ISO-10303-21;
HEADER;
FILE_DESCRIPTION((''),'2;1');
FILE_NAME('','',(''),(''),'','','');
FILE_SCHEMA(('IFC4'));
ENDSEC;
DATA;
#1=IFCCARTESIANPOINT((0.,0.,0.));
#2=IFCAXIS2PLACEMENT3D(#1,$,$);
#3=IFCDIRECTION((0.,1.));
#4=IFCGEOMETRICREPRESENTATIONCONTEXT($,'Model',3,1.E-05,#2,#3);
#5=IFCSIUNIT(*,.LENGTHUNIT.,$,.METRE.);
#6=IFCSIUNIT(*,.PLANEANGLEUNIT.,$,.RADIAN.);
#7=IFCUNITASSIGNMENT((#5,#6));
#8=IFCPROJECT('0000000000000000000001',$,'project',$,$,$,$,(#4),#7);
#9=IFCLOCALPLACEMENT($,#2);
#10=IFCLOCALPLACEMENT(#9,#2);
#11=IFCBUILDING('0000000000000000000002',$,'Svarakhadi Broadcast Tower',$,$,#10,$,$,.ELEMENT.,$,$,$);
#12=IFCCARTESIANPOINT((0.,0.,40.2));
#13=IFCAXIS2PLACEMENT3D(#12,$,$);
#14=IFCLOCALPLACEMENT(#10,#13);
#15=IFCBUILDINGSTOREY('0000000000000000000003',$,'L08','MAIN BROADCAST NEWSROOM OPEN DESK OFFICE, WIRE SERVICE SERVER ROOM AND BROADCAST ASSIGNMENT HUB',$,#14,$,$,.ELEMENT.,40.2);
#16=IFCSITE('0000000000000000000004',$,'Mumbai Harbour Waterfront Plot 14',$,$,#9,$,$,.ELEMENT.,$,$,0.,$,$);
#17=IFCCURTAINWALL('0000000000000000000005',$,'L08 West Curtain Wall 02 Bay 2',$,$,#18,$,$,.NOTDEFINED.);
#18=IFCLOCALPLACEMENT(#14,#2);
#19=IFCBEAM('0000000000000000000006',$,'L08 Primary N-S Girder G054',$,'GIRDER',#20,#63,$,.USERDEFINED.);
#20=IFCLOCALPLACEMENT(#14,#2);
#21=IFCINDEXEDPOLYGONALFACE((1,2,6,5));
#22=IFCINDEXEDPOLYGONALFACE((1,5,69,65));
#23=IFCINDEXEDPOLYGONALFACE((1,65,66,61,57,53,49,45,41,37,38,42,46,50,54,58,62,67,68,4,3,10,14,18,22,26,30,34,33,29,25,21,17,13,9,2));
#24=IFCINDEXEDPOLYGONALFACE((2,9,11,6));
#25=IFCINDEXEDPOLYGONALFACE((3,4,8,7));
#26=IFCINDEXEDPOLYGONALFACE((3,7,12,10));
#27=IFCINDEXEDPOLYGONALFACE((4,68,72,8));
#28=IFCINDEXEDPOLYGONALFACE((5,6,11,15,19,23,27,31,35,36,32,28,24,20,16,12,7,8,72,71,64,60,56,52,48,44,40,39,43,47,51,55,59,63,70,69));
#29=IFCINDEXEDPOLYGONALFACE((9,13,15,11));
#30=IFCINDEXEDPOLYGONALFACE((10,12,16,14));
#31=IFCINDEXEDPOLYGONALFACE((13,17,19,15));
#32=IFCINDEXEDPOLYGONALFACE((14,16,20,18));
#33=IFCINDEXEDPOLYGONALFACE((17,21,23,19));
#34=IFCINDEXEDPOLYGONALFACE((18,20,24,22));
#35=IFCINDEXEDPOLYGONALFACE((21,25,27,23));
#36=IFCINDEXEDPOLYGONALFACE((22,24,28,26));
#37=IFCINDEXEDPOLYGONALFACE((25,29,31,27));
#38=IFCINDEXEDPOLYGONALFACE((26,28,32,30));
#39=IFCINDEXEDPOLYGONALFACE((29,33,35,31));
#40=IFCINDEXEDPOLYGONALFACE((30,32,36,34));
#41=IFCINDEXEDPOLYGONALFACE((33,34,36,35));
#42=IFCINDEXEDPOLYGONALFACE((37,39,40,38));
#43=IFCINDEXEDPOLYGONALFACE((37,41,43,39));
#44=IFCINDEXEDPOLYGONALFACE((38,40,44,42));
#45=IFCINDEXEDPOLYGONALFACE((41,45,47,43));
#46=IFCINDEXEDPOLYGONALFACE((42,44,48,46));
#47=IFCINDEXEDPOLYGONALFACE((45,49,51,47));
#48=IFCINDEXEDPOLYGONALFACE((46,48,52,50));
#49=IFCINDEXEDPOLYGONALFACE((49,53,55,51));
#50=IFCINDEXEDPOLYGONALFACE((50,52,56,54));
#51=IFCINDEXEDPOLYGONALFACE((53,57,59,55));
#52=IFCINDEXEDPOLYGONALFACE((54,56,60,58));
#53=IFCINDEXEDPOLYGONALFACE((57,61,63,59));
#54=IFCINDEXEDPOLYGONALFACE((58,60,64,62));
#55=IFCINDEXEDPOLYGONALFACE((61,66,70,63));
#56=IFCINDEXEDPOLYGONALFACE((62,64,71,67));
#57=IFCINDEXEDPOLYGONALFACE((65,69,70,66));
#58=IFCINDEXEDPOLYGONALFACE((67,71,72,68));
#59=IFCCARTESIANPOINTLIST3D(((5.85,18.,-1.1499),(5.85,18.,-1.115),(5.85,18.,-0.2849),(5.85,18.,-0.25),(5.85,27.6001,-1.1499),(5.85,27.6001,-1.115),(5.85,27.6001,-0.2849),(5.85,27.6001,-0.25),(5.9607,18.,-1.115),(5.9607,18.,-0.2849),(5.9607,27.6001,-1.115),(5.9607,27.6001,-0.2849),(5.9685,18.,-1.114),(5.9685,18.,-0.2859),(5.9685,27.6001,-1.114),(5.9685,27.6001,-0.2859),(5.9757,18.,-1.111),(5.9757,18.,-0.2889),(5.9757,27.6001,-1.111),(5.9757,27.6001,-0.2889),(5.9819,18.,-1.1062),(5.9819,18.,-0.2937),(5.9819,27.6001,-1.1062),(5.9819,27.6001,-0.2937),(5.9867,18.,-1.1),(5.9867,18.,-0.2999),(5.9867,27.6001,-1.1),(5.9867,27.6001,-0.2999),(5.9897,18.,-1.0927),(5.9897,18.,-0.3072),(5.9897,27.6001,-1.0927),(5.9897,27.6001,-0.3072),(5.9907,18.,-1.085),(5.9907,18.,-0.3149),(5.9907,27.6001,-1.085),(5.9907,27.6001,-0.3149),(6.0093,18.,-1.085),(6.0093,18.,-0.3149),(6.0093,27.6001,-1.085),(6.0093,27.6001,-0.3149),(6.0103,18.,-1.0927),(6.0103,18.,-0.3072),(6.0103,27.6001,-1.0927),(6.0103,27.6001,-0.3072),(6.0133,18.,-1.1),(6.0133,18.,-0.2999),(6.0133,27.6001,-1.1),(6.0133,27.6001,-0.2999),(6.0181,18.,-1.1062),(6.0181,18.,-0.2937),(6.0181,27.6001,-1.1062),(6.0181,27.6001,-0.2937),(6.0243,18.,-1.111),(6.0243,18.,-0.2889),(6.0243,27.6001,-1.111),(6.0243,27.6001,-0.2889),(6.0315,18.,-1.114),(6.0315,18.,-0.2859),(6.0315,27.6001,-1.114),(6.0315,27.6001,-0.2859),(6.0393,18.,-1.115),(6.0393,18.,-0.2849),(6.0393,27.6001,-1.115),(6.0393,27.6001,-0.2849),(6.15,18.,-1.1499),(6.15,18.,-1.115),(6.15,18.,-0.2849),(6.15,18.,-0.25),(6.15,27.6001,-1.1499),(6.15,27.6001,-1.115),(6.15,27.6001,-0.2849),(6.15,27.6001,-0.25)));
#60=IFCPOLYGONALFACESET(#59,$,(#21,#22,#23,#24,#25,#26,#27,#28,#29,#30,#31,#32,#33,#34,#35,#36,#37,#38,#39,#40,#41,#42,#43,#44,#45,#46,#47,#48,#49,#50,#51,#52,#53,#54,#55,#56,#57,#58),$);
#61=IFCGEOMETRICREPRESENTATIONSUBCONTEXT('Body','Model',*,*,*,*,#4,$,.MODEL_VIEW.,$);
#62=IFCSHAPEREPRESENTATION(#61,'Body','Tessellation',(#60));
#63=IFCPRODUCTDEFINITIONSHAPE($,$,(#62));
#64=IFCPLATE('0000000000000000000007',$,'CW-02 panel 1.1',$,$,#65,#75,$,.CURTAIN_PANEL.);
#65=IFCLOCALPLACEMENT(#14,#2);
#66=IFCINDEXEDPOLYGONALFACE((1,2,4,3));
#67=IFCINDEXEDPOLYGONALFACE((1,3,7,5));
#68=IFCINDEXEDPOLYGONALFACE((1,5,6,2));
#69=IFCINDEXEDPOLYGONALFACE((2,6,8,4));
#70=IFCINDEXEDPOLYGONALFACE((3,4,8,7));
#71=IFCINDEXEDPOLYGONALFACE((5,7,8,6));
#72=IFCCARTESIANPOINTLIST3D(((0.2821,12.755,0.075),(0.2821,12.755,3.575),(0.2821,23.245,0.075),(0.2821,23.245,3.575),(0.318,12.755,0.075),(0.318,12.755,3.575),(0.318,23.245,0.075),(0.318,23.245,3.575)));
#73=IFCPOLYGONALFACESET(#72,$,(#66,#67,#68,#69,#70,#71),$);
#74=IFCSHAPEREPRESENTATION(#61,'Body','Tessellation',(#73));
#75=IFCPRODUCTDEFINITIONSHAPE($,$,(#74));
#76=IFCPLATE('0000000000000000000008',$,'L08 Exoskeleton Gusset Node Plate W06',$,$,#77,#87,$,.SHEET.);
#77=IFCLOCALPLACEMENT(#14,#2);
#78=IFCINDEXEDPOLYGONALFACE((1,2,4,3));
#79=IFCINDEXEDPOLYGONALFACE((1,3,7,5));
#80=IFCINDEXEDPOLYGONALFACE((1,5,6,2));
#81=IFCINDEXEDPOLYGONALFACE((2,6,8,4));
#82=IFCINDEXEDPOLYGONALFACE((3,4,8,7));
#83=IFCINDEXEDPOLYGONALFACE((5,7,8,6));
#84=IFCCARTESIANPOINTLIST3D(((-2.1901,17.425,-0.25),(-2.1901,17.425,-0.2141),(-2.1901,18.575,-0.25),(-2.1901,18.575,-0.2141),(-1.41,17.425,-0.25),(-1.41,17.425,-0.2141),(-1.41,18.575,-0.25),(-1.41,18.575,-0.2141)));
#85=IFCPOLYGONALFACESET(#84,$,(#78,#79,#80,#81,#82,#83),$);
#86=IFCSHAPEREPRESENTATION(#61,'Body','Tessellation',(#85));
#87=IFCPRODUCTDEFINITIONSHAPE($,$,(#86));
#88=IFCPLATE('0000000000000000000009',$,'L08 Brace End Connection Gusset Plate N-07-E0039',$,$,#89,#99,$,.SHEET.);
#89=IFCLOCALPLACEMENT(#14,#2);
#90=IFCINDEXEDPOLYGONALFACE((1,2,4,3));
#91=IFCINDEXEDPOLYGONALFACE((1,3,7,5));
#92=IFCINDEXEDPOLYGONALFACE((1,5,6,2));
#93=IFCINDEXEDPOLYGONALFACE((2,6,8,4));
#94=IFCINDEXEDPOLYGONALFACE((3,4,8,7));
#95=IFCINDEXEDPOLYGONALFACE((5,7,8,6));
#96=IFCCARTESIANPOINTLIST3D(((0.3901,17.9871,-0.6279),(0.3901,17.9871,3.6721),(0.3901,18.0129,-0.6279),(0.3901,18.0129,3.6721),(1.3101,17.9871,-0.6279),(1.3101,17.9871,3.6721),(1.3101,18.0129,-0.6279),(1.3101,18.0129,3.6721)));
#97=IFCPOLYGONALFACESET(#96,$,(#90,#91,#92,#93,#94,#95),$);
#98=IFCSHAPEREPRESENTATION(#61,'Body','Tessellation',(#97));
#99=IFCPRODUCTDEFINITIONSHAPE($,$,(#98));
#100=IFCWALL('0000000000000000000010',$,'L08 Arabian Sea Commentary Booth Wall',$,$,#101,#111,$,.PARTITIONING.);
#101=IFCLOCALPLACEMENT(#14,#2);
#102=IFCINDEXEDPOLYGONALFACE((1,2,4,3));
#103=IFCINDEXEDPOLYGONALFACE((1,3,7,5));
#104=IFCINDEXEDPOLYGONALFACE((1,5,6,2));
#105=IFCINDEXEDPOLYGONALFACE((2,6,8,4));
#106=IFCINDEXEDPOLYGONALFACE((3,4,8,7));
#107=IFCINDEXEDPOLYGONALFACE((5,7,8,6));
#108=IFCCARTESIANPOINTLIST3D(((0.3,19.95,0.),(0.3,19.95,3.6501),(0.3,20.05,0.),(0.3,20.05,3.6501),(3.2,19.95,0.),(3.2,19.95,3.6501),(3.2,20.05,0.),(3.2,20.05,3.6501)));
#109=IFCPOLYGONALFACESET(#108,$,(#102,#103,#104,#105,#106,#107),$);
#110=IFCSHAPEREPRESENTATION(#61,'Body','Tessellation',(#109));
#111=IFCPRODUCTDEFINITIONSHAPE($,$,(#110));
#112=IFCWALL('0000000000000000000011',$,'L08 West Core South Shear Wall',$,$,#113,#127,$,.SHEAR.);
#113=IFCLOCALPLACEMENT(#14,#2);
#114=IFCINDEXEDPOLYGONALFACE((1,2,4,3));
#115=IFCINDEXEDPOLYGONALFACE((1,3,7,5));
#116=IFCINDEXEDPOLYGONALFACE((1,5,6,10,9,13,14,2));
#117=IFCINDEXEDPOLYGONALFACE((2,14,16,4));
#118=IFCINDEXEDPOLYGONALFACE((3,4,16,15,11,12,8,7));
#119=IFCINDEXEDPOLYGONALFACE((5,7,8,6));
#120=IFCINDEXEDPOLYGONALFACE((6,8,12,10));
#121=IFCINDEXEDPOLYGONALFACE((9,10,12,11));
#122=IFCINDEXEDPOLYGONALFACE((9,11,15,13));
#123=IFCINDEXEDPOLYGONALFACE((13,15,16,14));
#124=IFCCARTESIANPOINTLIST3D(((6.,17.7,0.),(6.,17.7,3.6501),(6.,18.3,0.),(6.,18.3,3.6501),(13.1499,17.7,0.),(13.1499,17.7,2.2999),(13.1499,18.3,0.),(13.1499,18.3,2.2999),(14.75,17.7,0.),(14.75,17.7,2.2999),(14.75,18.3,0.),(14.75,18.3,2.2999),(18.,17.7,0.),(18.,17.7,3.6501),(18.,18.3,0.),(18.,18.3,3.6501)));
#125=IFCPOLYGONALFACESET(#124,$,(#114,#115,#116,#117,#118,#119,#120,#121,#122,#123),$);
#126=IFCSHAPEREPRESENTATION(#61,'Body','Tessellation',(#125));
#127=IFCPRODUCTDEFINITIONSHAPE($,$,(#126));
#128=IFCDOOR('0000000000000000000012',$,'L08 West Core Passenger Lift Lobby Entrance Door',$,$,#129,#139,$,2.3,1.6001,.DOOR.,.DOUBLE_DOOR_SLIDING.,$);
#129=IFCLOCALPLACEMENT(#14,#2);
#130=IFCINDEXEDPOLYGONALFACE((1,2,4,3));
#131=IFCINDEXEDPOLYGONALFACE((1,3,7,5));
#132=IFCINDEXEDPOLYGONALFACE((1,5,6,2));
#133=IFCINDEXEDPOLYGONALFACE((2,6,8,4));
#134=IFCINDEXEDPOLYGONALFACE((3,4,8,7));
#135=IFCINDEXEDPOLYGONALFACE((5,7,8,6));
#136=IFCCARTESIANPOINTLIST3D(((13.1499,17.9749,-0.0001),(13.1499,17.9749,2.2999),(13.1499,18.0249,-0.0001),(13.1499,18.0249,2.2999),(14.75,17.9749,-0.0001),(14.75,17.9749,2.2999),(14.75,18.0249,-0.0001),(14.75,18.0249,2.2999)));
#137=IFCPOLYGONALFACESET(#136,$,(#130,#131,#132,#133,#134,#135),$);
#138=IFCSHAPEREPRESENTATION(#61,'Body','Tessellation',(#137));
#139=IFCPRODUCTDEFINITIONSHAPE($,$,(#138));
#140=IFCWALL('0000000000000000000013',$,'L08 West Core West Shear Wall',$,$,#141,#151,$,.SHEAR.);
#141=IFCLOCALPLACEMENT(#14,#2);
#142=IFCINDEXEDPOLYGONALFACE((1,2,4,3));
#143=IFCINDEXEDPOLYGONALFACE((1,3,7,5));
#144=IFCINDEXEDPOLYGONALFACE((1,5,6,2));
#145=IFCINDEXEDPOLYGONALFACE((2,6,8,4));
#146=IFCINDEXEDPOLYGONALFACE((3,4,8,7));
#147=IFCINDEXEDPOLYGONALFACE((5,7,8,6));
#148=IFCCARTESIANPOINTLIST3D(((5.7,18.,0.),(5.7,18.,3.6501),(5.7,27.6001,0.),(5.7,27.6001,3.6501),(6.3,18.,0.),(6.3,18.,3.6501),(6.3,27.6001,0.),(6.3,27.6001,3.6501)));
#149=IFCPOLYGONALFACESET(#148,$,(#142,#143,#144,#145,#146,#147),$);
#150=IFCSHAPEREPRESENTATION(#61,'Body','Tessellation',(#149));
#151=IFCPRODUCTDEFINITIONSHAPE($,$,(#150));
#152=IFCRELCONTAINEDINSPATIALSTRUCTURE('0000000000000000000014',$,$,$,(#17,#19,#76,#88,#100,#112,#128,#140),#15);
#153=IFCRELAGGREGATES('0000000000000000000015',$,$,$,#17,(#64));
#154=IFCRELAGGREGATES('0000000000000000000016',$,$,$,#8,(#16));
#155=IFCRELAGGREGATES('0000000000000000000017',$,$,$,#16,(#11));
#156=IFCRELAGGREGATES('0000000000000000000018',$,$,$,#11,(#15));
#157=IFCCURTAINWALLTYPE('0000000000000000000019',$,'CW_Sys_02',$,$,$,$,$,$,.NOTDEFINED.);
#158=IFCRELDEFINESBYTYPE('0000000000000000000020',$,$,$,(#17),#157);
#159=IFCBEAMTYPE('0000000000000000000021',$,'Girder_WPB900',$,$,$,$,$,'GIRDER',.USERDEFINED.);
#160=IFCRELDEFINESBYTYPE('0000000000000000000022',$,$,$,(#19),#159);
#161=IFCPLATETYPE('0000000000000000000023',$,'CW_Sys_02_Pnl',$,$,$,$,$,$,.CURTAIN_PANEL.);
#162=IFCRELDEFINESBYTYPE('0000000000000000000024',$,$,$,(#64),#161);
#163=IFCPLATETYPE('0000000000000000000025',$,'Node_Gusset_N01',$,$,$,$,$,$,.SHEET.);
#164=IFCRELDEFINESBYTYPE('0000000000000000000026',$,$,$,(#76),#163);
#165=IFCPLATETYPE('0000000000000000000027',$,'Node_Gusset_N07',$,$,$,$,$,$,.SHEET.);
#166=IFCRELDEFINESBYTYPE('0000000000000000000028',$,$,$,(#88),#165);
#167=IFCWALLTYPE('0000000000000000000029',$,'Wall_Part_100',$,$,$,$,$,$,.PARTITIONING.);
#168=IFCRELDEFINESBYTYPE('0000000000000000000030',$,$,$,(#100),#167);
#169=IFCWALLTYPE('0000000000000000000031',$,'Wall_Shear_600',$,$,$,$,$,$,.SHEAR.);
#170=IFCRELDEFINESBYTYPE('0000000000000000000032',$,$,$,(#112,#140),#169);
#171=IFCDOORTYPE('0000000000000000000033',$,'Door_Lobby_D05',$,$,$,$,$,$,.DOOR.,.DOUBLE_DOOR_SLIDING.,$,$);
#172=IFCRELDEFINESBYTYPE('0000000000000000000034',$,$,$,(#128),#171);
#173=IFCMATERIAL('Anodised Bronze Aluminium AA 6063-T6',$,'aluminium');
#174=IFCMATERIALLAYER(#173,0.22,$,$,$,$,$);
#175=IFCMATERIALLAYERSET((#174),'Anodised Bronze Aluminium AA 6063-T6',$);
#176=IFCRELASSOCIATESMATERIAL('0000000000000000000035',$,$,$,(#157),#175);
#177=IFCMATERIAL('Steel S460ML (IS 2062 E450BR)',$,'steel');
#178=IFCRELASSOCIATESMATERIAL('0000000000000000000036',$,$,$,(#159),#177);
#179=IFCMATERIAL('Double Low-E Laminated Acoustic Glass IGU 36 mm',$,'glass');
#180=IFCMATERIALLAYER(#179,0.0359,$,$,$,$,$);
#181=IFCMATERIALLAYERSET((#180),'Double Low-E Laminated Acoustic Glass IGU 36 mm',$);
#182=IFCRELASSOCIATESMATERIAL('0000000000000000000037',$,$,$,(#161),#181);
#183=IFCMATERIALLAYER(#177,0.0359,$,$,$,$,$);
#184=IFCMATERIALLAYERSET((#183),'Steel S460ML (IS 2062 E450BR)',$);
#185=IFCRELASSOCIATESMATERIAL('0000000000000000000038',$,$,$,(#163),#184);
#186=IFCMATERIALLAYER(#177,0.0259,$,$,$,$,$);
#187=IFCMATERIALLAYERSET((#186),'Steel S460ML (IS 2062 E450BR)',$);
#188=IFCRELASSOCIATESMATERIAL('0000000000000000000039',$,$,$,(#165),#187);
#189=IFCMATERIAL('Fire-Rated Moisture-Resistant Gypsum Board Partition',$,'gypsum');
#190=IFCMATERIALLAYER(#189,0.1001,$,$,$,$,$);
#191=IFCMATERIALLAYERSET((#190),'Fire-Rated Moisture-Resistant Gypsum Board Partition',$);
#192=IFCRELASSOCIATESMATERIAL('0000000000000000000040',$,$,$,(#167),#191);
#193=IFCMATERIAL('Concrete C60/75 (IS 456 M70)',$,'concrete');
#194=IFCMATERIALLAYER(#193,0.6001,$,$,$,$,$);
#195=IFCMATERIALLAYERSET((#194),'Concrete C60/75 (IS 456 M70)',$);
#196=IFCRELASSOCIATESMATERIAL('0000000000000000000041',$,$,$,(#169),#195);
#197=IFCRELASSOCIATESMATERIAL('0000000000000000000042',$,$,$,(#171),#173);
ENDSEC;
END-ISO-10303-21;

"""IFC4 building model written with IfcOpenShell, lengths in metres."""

from ifc_helpers import new_model, si_unit, direction, frame, frame_2d, origin, origin_2d, place, context, subcontext, project, spatial, rectangle, i_section, extrude, material, layer, layer_set, material_profile, profile_set, type_object, element, fill, aggregate, save


model = new_model("IFC4")

# Units and contexts
model_context = context("Model", 3, precision=1e-05, world=origin(), true_north=direction((0.0, 1.0)))
body_context = subcontext(model_context, "Body", "Model", "MODEL_VIEW")
ifc_project = project(units=[si_unit("LENGTHUNIT", "METRE"), si_unit("PLANEANGLEUNIT", "RADIAN")], contexts=[model_context])

# Site, building, storey
site_placement = place(None, origin())
site = spatial("IfcSite", under=ifc_project, at=site_placement, Name="Mumbai Harbour Waterfront Plot 14", CompositionType="ELEMENT", RefElevation=0.0)
building_placement = place(site_placement, origin())
building = spatial("IfcBuilding", under=site, at=building_placement, Name="Svarakhadi Broadcast Tower", CompositionType="ELEMENT")
storey_placement = place(building_placement, frame((0.0, 0.0, 40.2)))
storey = spatial("IfcBuildingStorey", under=building, at=storey_placement, Name="L08", Description="MAIN BROADCAST NEWSROOM OPEN DESK OFFICE, WIRE SERVICE SERVER ROOM AND BROADCAST ASSIGNMENT HUB", CompositionType="ELEMENT", Elevation=40.2)

# Shared definitions
ifc_material_1 = material(Name="Concrete C60/75 (IS 456 M70)", Category="concrete")
ifc_material_2 = material(Name="Steel S460ML (IS 2062 E450BR)", Category="steel")

# Curtain wall
ifc_material_3 = material(Name="Anodised Bronze Aluminium AA 6063-T6", Category="aluminium")
ifc_layer_1 = layer(ifc_material_3, 0.22)
ifc_layer_set_1 = layer_set([ifc_layer_1], Name="Anodised Bronze Aluminium AA 6063-T6")
curtain_wall_type = type_object("IfcCurtainWallType", Name="CW_Sys_02", PredefinedType="NOTDEFINED", material=ifc_layer_set_1)
curtain_wall_placement = place(storey_placement, origin())
curtain_wall = element("IfcCurtainWall", 1, at=curtain_wall_placement, inside=storey, type_object=curtain_wall_type, Name="L08 West Curtain Wall 02 Bay 2", PredefinedType="NOTDEFINED")

# Beam
ifc_material_profile_1 = material_profile(ifc_material_2, i_section(OverallWidth=0.3, OverallDepth=0.8999, WebThickness=0.0186, FlangeThickness=0.0349, FilletRadius=0.03, at=origin_2d()), Name="WPB 900x300x291")
ifc_profile_set_1 = profile_set([ifc_material_profile_1], Name="Steel S460ML (IS 2062 E450BR)")
beam_type_1 = type_object("IfcBeamType", Name="Girder_WPB900", ElementType="GIRDER", PredefinedType="USERDEFINED", material=ifc_profile_set_1)
beam_1_placement = place(storey_placement, frame((6.0, 18.0, -0.7), z_axis=(0.0, 1.0, 0.0), x_axis=(-1.0, 0.0, 0.0)))
element("IfcBeam", 2, at=beam_1_placement, inside=storey, type_object=beam_type_1, Name="L08 Primary N-S Girder G054", ObjectType="GIRDER", PredefinedType="USERDEFINED", context=body_context, shape_type="SweptSolid", body=[
    extrude(i_section(OverallWidth=0.3, OverallDepth=0.8999, WebThickness=0.0186, FlangeThickness=0.0349, FilletRadius=0.03, at=origin_2d()), origin(), (0.0, 0.0, 1.0), 9.6001),
])

# Plate
ifc_material_4 = material(Name="Double Low-E Laminated Acoustic Glass IGU 36 mm", Category="glass")
ifc_layer_2 = layer(ifc_material_4, 0.0359)
ifc_layer_set_2 = layer_set([ifc_layer_2], Name="Double Low-E Laminated Acoustic Glass IGU 36 mm")
plate_type_1 = type_object("IfcPlateType", Name="CW_Sys_02_Pnl", PredefinedType="CURTAIN_PANEL", material=ifc_layer_set_2)
plate_1_placement = place(storey_placement, frame((0.3, 18.0, 0.075), z_axis=(0.0, 0.0, 1.0), x_axis=(0.0, 1.0, 0.0)))
plate_1 = element("IfcPlate", 3, at=plate_1_placement, type_object=plate_type_1, Name="CW-02 panel 1.1", PredefinedType="CURTAIN_PANEL", context=body_context, shape_type="SweptSolid", body=[
    extrude(rectangle(XDim=10.49, YDim=0.0359, at=origin_2d()), origin(), (0.0, 0.0, 1.0), 3.5),
])
aggregate(curtain_wall, [plate_1])

# Plates
ifc_layer_3 = layer(ifc_material_2, 0.0359)
ifc_layer_set_3 = layer_set([ifc_layer_3], Name="Steel S460ML (IS 2062 E450BR)")
plate_type_2 = type_object("IfcPlateType", Name="Node_Gusset_N01", PredefinedType="SHEET", material=ifc_layer_set_3)
plate_2_placement = place(storey_placement, frame((-1.8, 18.0, -0.25), z_axis=(0.0, 0.0, 1.0), x_axis=(0.0, 1.0, 0.0)))
element("IfcPlate", 4, at=plate_2_placement, inside=storey, type_object=plate_type_2, Name="L08 Exoskeleton Gusset Node Plate W06", PredefinedType="SHEET", context=body_context, shape_type="SweptSolid", body=[
    extrude(rectangle(XDim=1.1499, YDim=0.78, at=origin_2d()), origin(), (0.0, 0.0, 1.0), 0.0359),
])
ifc_layer_4 = layer(ifc_material_2, 0.0259)
ifc_layer_set_4 = layer_set([ifc_layer_4], Name="Steel S460ML (IS 2062 E450BR)")
plate_type_3 = type_object("IfcPlateType", Name="Node_Gusset_N07", PredefinedType="SHEET", material=ifc_layer_set_4)
plate_3_placement = place(storey_placement, frame((0.8501, 18.0, -0.6279), z_axis=(0.0, 0.0, 1.0), x_axis=(1.0, 0.0, 0.0)))
element("IfcPlate", 5, at=plate_3_placement, inside=storey, type_object=plate_type_3, Name="L08 Brace End Connection Gusset Plate N-07-E0039", PredefinedType="SHEET", context=body_context, shape_type="SweptSolid", body=[
    extrude(rectangle(XDim=0.9199, YDim=0.0259, at=origin_2d()), origin(), (0.0, 0.0, 1.0), 4.3),
])

# Wall
ifc_material_5 = material(Name="Fire-Rated Moisture-Resistant Gypsum Board Partition", Category="gypsum")
ifc_layer_5 = layer(ifc_material_5, 0.1001)
ifc_layer_set_5 = layer_set([ifc_layer_5], Name="Fire-Rated Moisture-Resistant Gypsum Board Partition")
wall_type_1 = type_object("IfcWallType", Name="Wall_Part_100", PredefinedType="PARTITIONING", material=ifc_layer_set_5)
wall_1_placement = place(storey_placement, frame((0.3, 20.0, 0.0), z_axis=(0.0, 0.0, 1.0), x_axis=(1.0, 0.0, 0.0)))
element("IfcWall", 6, at=wall_1_placement, inside=storey, type_object=wall_type_1, Name="L08 Arabian Sea Commentary Booth Wall", PredefinedType="PARTITIONING", context=body_context, shape_type="SweptSolid", body=[
    extrude(rectangle(XDim=2.8999, YDim=0.1001, at=frame_2d((1.45, 0.0))), origin(), (0.0, 0.0, 1.0), 3.6501),
])

# Wall, opening, door
ifc_layer_6 = layer(ifc_material_1, 0.6001)
ifc_layer_set_6 = layer_set([ifc_layer_6], Name="Concrete C60/75 (IS 456 M70)")
wall_type_2 = type_object("IfcWallType", Name="Wall_Shear_600", PredefinedType="SHEAR", material=ifc_layer_set_6)
wall_2_placement = place(storey_placement, frame((6.0, 18.0, 0.0), z_axis=(0.0, 0.0, 1.0), x_axis=(1.0, 0.0, 0.0)))
wall_2 = element("IfcWall", 7, at=wall_2_placement, inside=storey, type_object=wall_type_2, Name="L08 West Core South Shear Wall", PredefinedType="SHEAR", context=body_context, shape_type="SweptSolid", body=[
    extrude(rectangle(XDim=12.0, YDim=0.6001, at=frame_2d((6.0, 0.0))), origin(), (0.0, 0.0, 1.0), 3.6501),
])
opening_placement = place(wall_2_placement, frame((7.1499, 0.0, 0.0)))
opening = element("IfcOpeningElement", 8, at=opening_placement, cuts=wall_2, PredefinedType="OPENING", context=body_context, shape_type="SweptSolid", body=[
    extrude(rectangle(XDim=1.6001, YDim=2.3, at=frame_2d((0.8, 1.1499))), frame((0.0, 0.3101, 0.0), z_axis=(0.0, -1.0, 0.0), x_axis=(1.0, 0.0, 0.0)), (0.0, 0.0, 1.0), 0.6201),
])
door_type = type_object("IfcDoorType", Name="Door_Lobby_D05", OperationType="DOUBLE_DOOR_SLIDING", PredefinedType="DOOR", material=ifc_material_3)
door_placement = place(opening_placement, origin())
door = element("IfcDoor", 9, at=door_placement, inside=storey, type_object=door_type, Name="L08 West Core Passenger Lift Lobby Entrance Door", OperationType="DOUBLE_DOOR_SLIDING", OverallHeight=2.3, OverallWidth=1.6001, PredefinedType="DOOR", context=body_context, shape_type="SweptSolid", body=[
    extrude(rectangle(XDim=1.6001, YDim=2.3, at=frame_2d((0.8, 1.1499))), frame((0.0, 0.0249, 0.0), z_axis=(0.0, -1.0, 0.0), x_axis=(1.0, 0.0, 0.0)), (0.0, 0.0, 1.0), 0.05),
])
fill(opening, door)

# Wall
wall_3_placement = place(storey_placement, frame((6.0, 18.0, 0.0), z_axis=(0.0, 0.0, 1.0), x_axis=(0.0, 1.0, 0.0)))
element("IfcWall", 10, at=wall_3_placement, inside=storey, type_object=wall_type_2, Name="L08 West Core West Shear Wall", PredefinedType="SHEAR", context=body_context, shape_type="SweptSolid", body=[
    extrude(rectangle(XDim=9.6001, YDim=0.6001, at=frame_2d((4.8, 0.0))), origin(), (0.0, 0.0, 1.0), 3.6501),
])

save(model, "model.ifc")
